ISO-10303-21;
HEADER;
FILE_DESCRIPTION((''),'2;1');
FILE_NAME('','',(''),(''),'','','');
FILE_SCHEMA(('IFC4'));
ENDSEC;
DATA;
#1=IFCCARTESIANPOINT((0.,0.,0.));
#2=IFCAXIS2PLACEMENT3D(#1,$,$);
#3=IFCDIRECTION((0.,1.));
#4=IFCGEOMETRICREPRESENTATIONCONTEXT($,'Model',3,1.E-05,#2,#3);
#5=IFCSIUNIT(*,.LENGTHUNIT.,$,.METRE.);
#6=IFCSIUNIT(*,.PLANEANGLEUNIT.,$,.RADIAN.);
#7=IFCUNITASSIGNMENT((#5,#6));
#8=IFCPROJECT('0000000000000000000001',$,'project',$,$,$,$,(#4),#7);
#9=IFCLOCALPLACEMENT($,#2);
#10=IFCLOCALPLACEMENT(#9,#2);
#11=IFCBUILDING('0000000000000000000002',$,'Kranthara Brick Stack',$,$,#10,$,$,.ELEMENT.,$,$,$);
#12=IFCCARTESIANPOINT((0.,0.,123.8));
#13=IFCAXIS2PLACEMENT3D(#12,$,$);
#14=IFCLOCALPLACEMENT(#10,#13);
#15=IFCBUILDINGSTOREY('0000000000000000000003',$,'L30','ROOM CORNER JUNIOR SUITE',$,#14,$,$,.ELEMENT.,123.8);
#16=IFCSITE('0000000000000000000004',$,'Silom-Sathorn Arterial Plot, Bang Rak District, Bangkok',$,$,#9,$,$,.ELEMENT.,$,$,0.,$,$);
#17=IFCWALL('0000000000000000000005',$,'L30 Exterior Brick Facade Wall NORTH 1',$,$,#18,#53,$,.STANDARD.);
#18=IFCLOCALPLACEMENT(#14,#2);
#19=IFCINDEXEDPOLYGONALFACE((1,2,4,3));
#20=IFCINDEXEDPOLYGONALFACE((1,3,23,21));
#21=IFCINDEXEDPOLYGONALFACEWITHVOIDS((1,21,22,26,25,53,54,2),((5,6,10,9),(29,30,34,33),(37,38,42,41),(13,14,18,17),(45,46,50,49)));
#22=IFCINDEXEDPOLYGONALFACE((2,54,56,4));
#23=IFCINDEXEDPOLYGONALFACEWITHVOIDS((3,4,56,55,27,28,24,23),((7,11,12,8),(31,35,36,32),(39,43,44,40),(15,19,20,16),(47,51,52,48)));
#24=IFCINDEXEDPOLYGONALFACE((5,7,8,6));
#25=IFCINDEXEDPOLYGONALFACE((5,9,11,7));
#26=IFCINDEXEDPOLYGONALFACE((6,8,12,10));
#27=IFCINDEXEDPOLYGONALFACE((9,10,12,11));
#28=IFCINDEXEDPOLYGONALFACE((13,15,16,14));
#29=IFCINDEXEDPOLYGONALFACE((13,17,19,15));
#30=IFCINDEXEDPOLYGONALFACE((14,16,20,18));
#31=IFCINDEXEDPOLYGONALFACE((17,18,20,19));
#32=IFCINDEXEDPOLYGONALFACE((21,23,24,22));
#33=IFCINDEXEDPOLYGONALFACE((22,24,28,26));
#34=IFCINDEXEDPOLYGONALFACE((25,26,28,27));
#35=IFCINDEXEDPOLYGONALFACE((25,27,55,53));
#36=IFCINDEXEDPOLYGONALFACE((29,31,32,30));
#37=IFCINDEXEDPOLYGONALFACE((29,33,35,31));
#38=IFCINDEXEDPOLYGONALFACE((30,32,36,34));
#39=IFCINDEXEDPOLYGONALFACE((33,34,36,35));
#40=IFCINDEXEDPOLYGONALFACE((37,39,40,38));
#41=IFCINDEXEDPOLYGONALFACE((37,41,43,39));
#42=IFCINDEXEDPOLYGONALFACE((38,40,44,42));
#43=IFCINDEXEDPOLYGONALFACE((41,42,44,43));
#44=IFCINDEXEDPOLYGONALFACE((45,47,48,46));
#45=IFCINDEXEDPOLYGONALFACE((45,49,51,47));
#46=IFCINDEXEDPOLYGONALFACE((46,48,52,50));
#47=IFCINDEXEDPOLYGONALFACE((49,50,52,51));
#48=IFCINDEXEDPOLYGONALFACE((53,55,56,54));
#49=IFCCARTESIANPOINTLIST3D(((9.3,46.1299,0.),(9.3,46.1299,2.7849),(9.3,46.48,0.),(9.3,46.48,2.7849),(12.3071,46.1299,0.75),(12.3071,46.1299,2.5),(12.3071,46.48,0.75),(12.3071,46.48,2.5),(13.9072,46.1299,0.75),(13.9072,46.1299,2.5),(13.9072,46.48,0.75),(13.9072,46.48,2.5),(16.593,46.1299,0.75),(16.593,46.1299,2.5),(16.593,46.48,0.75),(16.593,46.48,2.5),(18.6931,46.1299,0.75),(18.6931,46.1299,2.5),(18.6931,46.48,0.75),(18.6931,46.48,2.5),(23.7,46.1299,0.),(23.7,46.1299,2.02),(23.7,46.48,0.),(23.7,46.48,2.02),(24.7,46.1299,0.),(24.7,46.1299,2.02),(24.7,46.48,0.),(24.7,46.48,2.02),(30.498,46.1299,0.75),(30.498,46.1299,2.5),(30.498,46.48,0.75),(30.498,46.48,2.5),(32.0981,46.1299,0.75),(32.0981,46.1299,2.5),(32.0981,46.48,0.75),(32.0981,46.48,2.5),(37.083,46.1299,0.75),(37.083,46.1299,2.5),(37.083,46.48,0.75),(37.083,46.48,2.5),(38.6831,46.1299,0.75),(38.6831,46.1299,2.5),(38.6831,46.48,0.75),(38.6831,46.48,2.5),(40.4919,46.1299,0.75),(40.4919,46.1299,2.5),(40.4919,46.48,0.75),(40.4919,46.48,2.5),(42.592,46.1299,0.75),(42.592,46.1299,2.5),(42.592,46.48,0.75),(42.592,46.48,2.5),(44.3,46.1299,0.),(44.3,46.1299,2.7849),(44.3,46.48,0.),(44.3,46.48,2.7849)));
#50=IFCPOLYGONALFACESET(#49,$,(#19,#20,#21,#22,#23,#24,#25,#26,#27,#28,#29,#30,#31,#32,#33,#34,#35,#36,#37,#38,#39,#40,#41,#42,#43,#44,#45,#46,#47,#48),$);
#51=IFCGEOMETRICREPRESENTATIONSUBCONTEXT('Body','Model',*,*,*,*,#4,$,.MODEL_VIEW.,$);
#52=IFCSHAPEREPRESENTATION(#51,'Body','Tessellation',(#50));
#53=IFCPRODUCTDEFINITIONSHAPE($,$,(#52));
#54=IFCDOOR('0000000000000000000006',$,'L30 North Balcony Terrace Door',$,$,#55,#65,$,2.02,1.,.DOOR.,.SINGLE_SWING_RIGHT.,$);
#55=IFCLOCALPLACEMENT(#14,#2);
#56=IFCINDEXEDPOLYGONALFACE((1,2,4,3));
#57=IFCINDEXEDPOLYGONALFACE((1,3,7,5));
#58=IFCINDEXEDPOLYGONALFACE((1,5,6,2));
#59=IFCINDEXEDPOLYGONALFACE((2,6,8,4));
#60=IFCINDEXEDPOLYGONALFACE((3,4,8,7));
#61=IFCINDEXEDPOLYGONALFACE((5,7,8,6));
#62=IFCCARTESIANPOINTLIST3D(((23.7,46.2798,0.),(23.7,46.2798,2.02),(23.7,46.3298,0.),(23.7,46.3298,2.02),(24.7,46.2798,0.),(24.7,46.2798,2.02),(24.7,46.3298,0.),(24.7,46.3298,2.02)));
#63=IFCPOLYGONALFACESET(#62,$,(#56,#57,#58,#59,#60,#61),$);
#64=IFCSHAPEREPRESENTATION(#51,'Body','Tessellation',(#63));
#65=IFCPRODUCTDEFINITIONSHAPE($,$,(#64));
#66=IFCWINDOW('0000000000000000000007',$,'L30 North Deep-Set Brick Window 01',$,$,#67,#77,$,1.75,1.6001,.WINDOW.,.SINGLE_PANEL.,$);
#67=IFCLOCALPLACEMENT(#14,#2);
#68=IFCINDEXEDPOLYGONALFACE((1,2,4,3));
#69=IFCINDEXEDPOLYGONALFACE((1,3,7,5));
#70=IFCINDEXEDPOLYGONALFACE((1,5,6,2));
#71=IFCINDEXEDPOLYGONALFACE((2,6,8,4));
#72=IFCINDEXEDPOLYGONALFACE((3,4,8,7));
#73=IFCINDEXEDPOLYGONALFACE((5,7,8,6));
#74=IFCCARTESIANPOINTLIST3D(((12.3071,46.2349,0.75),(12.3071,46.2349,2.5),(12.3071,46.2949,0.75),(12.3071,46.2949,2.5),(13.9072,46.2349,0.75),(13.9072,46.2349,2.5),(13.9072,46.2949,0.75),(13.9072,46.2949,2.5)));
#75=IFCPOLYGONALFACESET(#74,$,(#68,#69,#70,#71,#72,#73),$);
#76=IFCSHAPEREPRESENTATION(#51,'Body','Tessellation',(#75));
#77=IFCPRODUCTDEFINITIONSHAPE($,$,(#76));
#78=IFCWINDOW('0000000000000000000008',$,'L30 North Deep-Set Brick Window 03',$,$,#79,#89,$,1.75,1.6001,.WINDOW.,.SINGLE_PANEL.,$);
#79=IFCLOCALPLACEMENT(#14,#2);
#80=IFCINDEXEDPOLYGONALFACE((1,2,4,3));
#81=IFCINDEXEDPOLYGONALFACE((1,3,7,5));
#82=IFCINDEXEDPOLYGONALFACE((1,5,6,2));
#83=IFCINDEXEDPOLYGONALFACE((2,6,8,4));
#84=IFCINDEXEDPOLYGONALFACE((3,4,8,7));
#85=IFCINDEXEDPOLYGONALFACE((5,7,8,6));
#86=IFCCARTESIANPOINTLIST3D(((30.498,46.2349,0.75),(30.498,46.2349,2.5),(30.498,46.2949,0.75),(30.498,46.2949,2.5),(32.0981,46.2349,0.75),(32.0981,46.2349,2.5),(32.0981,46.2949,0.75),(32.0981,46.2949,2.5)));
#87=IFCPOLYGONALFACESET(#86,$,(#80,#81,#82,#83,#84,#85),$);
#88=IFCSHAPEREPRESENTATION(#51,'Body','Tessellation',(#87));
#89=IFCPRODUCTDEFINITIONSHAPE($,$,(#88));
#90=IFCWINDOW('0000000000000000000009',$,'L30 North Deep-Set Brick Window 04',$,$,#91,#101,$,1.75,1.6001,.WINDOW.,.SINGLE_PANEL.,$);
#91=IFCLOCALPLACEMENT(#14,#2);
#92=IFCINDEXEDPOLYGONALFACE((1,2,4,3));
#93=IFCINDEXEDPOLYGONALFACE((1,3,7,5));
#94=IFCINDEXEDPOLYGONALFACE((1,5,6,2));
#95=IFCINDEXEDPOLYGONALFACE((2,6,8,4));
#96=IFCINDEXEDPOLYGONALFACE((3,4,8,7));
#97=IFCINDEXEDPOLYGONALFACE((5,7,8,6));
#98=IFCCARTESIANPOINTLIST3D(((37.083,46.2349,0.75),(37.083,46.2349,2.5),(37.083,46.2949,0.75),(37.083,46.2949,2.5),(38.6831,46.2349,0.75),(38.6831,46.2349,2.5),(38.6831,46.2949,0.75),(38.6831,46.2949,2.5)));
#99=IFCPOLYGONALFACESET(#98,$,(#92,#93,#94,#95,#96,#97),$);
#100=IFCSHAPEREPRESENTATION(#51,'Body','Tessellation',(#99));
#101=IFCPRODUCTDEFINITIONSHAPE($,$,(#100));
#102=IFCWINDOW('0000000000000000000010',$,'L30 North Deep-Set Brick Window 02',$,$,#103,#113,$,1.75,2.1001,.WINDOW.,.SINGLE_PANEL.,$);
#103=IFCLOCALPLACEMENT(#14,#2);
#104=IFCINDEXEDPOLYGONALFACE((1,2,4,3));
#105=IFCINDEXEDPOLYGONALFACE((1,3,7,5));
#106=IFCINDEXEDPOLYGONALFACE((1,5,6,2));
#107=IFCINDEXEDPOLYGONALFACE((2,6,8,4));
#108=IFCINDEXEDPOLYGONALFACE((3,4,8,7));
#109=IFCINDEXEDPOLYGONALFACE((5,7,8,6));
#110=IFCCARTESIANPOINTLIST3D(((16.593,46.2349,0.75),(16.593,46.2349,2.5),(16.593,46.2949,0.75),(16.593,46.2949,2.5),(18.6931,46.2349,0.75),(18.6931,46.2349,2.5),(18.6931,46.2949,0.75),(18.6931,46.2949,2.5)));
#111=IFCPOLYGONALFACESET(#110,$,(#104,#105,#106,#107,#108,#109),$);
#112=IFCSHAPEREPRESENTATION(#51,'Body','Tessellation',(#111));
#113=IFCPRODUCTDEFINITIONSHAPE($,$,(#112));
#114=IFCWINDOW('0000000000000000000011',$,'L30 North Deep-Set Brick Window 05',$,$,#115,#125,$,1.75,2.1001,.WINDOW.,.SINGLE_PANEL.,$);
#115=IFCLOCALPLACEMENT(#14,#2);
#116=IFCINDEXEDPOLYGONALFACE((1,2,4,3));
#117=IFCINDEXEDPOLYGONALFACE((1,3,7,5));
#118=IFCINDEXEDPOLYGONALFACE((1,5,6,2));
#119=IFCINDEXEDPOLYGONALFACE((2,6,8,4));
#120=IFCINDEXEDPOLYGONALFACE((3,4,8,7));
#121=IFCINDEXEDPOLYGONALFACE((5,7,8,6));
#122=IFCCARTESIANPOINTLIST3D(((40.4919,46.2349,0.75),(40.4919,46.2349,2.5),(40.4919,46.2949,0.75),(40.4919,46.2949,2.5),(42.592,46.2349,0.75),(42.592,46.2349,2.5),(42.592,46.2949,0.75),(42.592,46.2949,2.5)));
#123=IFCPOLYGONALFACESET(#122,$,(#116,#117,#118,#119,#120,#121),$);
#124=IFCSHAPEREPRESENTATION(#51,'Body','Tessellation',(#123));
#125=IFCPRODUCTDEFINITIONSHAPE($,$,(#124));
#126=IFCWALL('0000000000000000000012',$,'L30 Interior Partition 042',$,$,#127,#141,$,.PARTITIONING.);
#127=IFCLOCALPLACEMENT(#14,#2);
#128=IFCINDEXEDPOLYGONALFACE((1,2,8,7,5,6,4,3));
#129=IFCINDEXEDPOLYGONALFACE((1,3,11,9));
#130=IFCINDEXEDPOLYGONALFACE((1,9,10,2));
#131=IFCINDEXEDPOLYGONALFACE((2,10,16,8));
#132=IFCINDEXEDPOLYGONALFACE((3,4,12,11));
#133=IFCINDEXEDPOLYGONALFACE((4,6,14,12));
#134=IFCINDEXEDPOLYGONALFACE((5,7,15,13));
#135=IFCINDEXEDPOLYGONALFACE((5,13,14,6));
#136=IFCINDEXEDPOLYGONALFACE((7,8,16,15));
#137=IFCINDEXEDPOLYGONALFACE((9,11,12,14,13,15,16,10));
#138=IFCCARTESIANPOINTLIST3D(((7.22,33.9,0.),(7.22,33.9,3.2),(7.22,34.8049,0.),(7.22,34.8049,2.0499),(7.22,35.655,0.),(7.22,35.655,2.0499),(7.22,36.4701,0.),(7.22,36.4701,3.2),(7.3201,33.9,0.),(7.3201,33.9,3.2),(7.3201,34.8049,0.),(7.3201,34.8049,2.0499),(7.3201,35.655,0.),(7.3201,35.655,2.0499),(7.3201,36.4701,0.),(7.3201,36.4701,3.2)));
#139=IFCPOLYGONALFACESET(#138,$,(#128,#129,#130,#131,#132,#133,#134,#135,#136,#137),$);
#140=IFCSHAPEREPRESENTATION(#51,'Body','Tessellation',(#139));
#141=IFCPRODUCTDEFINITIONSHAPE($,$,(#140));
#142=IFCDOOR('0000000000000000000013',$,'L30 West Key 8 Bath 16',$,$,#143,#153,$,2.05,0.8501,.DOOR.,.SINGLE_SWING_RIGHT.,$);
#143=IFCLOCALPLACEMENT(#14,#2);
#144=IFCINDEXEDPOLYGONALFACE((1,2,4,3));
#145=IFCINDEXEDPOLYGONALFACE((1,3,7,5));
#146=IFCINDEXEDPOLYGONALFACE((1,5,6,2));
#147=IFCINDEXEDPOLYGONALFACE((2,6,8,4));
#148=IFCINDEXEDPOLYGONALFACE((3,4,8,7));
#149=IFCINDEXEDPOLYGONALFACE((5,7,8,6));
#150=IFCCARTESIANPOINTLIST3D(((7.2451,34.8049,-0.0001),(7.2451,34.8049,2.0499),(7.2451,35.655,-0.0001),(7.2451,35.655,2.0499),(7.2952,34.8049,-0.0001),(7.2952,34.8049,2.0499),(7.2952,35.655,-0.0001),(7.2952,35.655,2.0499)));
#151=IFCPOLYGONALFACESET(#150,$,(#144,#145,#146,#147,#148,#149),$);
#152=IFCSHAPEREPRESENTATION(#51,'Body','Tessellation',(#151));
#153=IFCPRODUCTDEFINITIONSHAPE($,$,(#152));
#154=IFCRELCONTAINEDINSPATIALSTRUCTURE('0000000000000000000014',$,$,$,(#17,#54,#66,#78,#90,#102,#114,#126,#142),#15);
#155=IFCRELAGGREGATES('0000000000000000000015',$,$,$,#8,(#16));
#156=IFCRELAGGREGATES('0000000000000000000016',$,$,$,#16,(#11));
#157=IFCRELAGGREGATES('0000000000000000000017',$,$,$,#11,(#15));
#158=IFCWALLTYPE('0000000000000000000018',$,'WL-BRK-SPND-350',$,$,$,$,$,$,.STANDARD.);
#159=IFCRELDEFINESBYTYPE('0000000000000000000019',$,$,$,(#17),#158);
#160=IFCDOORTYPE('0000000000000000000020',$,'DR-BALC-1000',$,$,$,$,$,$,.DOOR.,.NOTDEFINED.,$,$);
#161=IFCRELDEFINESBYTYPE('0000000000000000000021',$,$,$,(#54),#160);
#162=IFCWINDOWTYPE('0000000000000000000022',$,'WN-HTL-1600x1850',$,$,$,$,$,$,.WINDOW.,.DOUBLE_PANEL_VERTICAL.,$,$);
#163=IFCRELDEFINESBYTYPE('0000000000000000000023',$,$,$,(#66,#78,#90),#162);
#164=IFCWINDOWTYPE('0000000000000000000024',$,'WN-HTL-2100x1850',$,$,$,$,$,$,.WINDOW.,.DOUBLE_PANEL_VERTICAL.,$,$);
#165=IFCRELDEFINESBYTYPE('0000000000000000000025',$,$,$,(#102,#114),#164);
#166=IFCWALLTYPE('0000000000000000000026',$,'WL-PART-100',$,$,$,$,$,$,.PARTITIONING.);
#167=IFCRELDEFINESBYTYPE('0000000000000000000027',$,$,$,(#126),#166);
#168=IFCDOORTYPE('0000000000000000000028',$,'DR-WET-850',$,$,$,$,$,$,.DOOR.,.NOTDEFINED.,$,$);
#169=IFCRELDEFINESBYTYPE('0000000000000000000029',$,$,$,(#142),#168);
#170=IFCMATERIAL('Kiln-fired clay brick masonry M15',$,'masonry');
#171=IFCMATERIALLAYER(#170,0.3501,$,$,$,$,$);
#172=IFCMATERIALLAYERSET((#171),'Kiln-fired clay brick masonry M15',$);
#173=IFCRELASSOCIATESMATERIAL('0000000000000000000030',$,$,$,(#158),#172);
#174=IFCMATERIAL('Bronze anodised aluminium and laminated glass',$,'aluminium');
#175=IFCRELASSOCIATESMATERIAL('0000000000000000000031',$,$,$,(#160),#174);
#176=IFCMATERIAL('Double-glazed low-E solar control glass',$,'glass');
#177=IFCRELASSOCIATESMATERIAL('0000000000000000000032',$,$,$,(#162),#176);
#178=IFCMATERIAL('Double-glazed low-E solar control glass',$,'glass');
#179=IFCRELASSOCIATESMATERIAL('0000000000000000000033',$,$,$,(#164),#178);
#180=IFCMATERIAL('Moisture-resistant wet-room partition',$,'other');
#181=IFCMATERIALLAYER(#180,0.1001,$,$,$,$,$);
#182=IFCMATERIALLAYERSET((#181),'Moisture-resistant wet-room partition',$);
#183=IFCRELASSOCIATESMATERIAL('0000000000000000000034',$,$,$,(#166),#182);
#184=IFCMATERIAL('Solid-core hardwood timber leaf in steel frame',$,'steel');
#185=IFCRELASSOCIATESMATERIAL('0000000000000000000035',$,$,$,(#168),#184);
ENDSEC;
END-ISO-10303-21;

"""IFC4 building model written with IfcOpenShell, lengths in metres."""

from ifc_helpers import new_model, si_unit, direction, frame, frame_2d, origin, place, context, subcontext, project, spatial, rectangle, extrude, material, layer, layer_set, type_object, element, fill, save


model = new_model("IFC4")

# Units and contexts
model_context = context("Model", 3, precision=1e-05, world=origin(), true_north=direction((0.0, 1.0)))
body_context = subcontext(model_context, "Body", "Model", "MODEL_VIEW")
ifc_project = project(units=[si_unit("LENGTHUNIT", "METRE"), si_unit("PLANEANGLEUNIT", "RADIAN")], contexts=[model_context])

# Site, building, storey
site_placement = place(None, origin())
site = spatial("IfcSite", under=ifc_project, at=site_placement, Name="Silom-Sathorn Arterial Plot, Bang Rak District, Bangkok", CompositionType="ELEMENT", RefElevation=0.0)
building_placement = place(site_placement, origin())
building = spatial("IfcBuilding", under=site, at=building_placement, Name="Kranthara Brick Stack", CompositionType="ELEMENT")
storey_placement = place(building_placement, frame((0.0, 0.0, 123.8)))
storey = spatial("IfcBuildingStorey", under=building, at=storey_placement, Name="L30", Description="ROOM CORNER JUNIOR SUITE", CompositionType="ELEMENT", Elevation=123.8)

# Shared definitions
ifc_material_1 = material(Name="Kiln-fired clay brick masonry M15", Category="masonry")
ifc_layer_1 = layer(ifc_material_1, 0.3501)
ifc_layer_set_1 = layer_set([ifc_layer_1], Name="Kiln-fired clay brick masonry M15")
wall_type_1 = type_object("IfcWallType", Name="WL-BRK-SPND-350", PredefinedType="STANDARD", material=ifc_layer_set_1)

# Wall, openings, door, windows
wall_1_placement = place(storey_placement, frame((9.3, 46.3049, 0.0), z_axis=(0.0, 0.0, 1.0), x_axis=(1.0, 0.0, 0.0)))
wall_1 = element("IfcWall", 1, at=wall_1_placement, inside=storey, type_object=wall_type_1, Name="L30 Exterior Brick Facade Wall NORTH 1", PredefinedType="STANDARD", context=body_context, shape_type="SweptSolid", body=[
    extrude(rectangle(XDim=35.0, YDim=0.3501, at=frame_2d((17.5, 0.0))), origin(), (0.0, 0.0, 1.0), 2.7849),
])
opening_1_placement = place(wall_1_placement, frame((14.3999, 0.0, 0.0)))
opening_1 = element("IfcOpeningElement", 2, at=opening_1_placement, cuts=wall_1, PredefinedType="OPENING", context=body_context, shape_type="SweptSolid", body=[
    extrude(rectangle(XDim=1.0, YDim=2.02, at=frame_2d((0.5, 1.01))), frame((0.0, 0.1851, 0.0), z_axis=(0.0, -1.0, 0.0), x_axis=(1.0, 0.0, 0.0)), (0.0, 0.0, 1.0), 0.3701),
])
opening_2_placement = place(wall_1_placement, frame((3.0071, 0.0, 0.75)))
opening_2 = element("IfcOpeningElement", 3, at=opening_2_placement, cuts=wall_1, PredefinedType="OPENING", context=body_context, shape_type="SweptSolid", body=[
    extrude(rectangle(XDim=1.6001, YDim=1.75, at=frame_2d((0.8, 0.875))), frame((0.0, 0.1851, 0.0), z_axis=(0.0, -1.0, 0.0), x_axis=(1.0, 0.0, 0.0)), (0.0, 0.0, 1.0), 0.3701),
])
opening_3_placement = place(wall_1_placement, frame((7.293, 0.0, 0.75)))
opening_3 = element("IfcOpeningElement", 4, at=opening_3_placement, cuts=wall_1, PredefinedType="OPENING", context=body_context, shape_type="SweptSolid", body=[
    extrude(rectangle(XDim=2.1001, YDim=1.75, at=frame_2d((1.05, 0.875))), frame((0.0, 0.1851, 0.0), z_axis=(0.0, -1.0, 0.0), x_axis=(1.0, 0.0, 0.0)), (0.0, 0.0, 1.0), 0.3701),
])
opening_4_placement = place(wall_1_placement, frame((21.198, 0.0, 0.75)))
opening_4 = element("IfcOpeningElement", 5, at=opening_4_placement, cuts=wall_1, PredefinedType="OPENING", context=body_context, shape_type="SweptSolid", body=[
    extrude(rectangle(XDim=1.6001, YDim=1.75, at=frame_2d((0.8, 0.875))), frame((0.0, 0.1851, 0.0), z_axis=(0.0, -1.0, 0.0), x_axis=(1.0, 0.0, 0.0)), (0.0, 0.0, 1.0), 0.3701),
])
opening_5_placement = place(wall_1_placement, frame((27.783, 0.0, 0.75)))
opening_5 = element("IfcOpeningElement", 6, at=opening_5_placement, cuts=wall_1, PredefinedType="OPENING", context=body_context, shape_type="SweptSolid", body=[
    extrude(rectangle(XDim=1.6001, YDim=1.75, at=frame_2d((0.8, 0.875))), frame((0.0, 0.1851, 0.0), z_axis=(0.0, -1.0, 0.0), x_axis=(1.0, 0.0, 0.0)), (0.0, 0.0, 1.0), 0.3701),
])
opening_6_placement = place(wall_1_placement, frame((31.1919, 0.0, 0.75)))
opening_6 = element("IfcOpeningElement", 7, at=opening_6_placement, cuts=wall_1, PredefinedType="OPENING", context=body_context, shape_type="SweptSolid", body=[
    extrude(rectangle(XDim=2.1001, YDim=1.75, at=frame_2d((1.05, 0.875))), frame((0.0, 0.1851, 0.0), z_axis=(0.0, -1.0, 0.0), x_axis=(1.0, 0.0, 0.0)), (0.0, 0.0, 1.0), 0.3701),
])
ifc_material_2 = material(Name="Bronze anodised aluminium and laminated glass", Category="aluminium")
door_type_1 = type_object("IfcDoorType", Name="DR-BALC-1000", OperationType="NOTDEFINED", PredefinedType="DOOR", material=ifc_material_2)
door_1_placement = place(opening_1_placement, origin())
door_1 = element("IfcDoor", 8, at=door_1_placement, inside=storey, type_object=door_type_1, Name="L30 North Balcony Terrace Door", OperationType="SINGLE_SWING_RIGHT", OverallHeight=2.02, OverallWidth=1.0, PredefinedType="DOOR", context=body_context, shape_type="SweptSolid", body=[
    extrude(rectangle(XDim=1.0, YDim=2.02, at=frame_2d((0.5, 1.01))), frame((0.0, 0.0249, 0.0), z_axis=(0.0, -1.0, 0.0), x_axis=(1.0, 0.0, 0.0)), (0.0, 0.0, 1.0), 0.05),
])
fill(opening_1, door_1)
ifc_material_3 = material(Name="Double-glazed low-E solar control glass", Category="glass")
window_type_1 = type_object("IfcWindowType", Name="WN-HTL-1600x1850", PartitioningType="DOUBLE_PANEL_VERTICAL", PredefinedType="WINDOW", material=ifc_material_3)
window_1_placement = place(opening_2_placement, origin())
window_1 = element("IfcWindow", 9, at=window_1_placement, inside=storey, type_object=window_type_1, Name="L30 North Deep-Set Brick Window 01", OverallHeight=1.75, OverallWidth=1.6001, PartitioningType="SINGLE_PANEL", PredefinedType="WINDOW", context=body_context, shape_type="SweptSolid", body=[
    extrude(rectangle(XDim=1.6001, YDim=1.75, at=frame_2d((0.8, 0.875))), frame((0.0, -0.01, 0.0), z_axis=(0.0, -1.0, 0.0), x_axis=(1.0, 0.0, 0.0)), (0.0, 0.0, 1.0), 0.0601),
])
fill(opening_2, window_1)
window_2_placement = place(opening_4_placement, origin())
window_2 = element("IfcWindow", 10, at=window_2_placement, inside=storey, type_object=window_type_1, Name="L30 North Deep-Set Brick Window 03", OverallHeight=1.75, OverallWidth=1.6001, PartitioningType="SINGLE_PANEL", PredefinedType="WINDOW", context=body_context, shape_type="SweptSolid", body=[
    extrude(rectangle(XDim=1.6001, YDim=1.75, at=frame_2d((0.8, 0.875))), frame((0.0, -0.01, 0.0), z_axis=(0.0, -1.0, 0.0), x_axis=(1.0, 0.0, 0.0)), (0.0, 0.0, 1.0), 0.0601),
])
fill(opening_4, window_2)
window_3_placement = place(opening_5_placement, origin())
window_3 = element("IfcWindow", 11, at=window_3_placement, inside=storey, type_object=window_type_1, Name="L30 North Deep-Set Brick Window 04", OverallHeight=1.75, OverallWidth=1.6001, PartitioningType="SINGLE_PANEL", PredefinedType="WINDOW", context=body_context, shape_type="SweptSolid", body=[
    extrude(rectangle(XDim=1.6001, YDim=1.75, at=frame_2d((0.8, 0.875))), frame((0.0, -0.01, 0.0), z_axis=(0.0, -1.0, 0.0), x_axis=(1.0, 0.0, 0.0)), (0.0, 0.0, 1.0), 0.0601),
])
fill(opening_5, window_3)
ifc_material_4 = material(Name="Double-glazed low-E solar control glass", Category="glass")
window_type_2 = type_object("IfcWindowType", Name="WN-HTL-2100x1850", PartitioningType="DOUBLE_PANEL_VERTICAL", PredefinedType="WINDOW", material=ifc_material_4)
window_4_placement = place(opening_3_placement, origin())
window_4 = element("IfcWindow", 12, at=window_4_placement, inside=storey, type_object=window_type_2, Name="L30 North Deep-Set Brick Window 02", OverallHeight=1.75, OverallWidth=2.1001, PartitioningType="SINGLE_PANEL", PredefinedType="WINDOW", context=body_context, shape_type="SweptSolid", body=[
    extrude(rectangle(XDim=2.1001, YDim=1.75, at=frame_2d((1.05, 0.875))), frame((0.0, -0.01, 0.0), z_axis=(0.0, -1.0, 0.0), x_axis=(1.0, 0.0, 0.0)), (0.0, 0.0, 1.0), 0.0601),
])
fill(opening_3, window_4)
window_5_placement = place(opening_6_placement, origin())
window_5 = element("IfcWindow", 13, at=window_5_placement, inside=storey, type_object=window_type_2, Name="L30 North Deep-Set Brick Window 05", OverallHeight=1.75, OverallWidth=2.1001, PartitioningType="SINGLE_PANEL", PredefinedType="WINDOW", context=body_context, shape_type="SweptSolid", body=[
    extrude(rectangle(XDim=2.1001, YDim=1.75, at=frame_2d((1.05, 0.875))), frame((0.0, -0.01, 0.0), z_axis=(0.0, -1.0, 0.0), x_axis=(1.0, 0.0, 0.0)), (0.0, 0.0, 1.0), 0.0601),
])
fill(opening_6, window_5)

# Wall, opening, door
ifc_material_5 = material(Name="Moisture-resistant wet-room partition", Category="other")
ifc_layer_2 = layer(ifc_material_5, 0.1001)
ifc_layer_set_2 = layer_set([ifc_layer_2], Name="Moisture-resistant wet-room partition")
wall_type_2 = type_object("IfcWallType", Name="WL-PART-100", PredefinedType="PARTITIONING", material=ifc_layer_set_2)
wall_2_placement = place(storey_placement, frame((7.27, 33.8999, 0.0), z_axis=(0.0, 0.0, 1.0), x_axis=(0.0, 1.0, 0.0)))
wall_2 = element("IfcWall", 14, at=wall_2_placement, inside=storey, type_object=wall_type_2, Name="L30 Interior Partition 042", PredefinedType="PARTITIONING", context=body_context, shape_type="SweptSolid", body=[
    extrude(rectangle(XDim=2.5701, YDim=0.1001, at=frame_2d((1.2852, 0.0))), origin(), (0.0, 0.0, 1.0), 3.2),
])
opening_7_placement = place(wall_2_placement, frame((0.905, 0.0, 0.0)))
opening_7 = element("IfcOpeningElement", 15, at=opening_7_placement, cuts=wall_2, PredefinedType="OPENING", context=body_context, shape_type="SweptSolid", body=[
    extrude(rectangle(XDim=0.8501, YDim=2.05, at=frame_2d((0.425, 1.0249))), frame((0.0, 0.0601, 0.0), z_axis=(0.0, -1.0, 0.0), x_axis=(1.0, 0.0, 0.0)), (0.0, 0.0, 1.0), 0.1201),
])
ifc_material_6 = material(Name="Solid-core hardwood timber leaf in steel frame", Category="steel")
door_type_2 = type_object("IfcDoorType", Name="DR-WET-850", OperationType="NOTDEFINED", PredefinedType="DOOR", material=ifc_material_6)
door_2_placement = place(opening_7_placement, origin())
door_2 = element("IfcDoor", 16, at=door_2_placement, inside=storey, type_object=door_type_2, Name="L30 West Key 8 Bath 16", OperationType="SINGLE_SWING_RIGHT", OverallHeight=2.05, OverallWidth=0.8501, PredefinedType="DOOR", context=body_context, shape_type="SweptSolid", body=[
    extrude(rectangle(XDim=0.8501, YDim=2.05, at=frame_2d((0.425, 1.0249))), frame((0.0, 0.0249, 0.0), z_axis=(0.0, -1.0, 0.0), x_axis=(1.0, 0.0, 0.0)), (0.0, 0.0, 1.0), 0.05),
])
fill(opening_7, door_2)

save(model, "model.ifc")
